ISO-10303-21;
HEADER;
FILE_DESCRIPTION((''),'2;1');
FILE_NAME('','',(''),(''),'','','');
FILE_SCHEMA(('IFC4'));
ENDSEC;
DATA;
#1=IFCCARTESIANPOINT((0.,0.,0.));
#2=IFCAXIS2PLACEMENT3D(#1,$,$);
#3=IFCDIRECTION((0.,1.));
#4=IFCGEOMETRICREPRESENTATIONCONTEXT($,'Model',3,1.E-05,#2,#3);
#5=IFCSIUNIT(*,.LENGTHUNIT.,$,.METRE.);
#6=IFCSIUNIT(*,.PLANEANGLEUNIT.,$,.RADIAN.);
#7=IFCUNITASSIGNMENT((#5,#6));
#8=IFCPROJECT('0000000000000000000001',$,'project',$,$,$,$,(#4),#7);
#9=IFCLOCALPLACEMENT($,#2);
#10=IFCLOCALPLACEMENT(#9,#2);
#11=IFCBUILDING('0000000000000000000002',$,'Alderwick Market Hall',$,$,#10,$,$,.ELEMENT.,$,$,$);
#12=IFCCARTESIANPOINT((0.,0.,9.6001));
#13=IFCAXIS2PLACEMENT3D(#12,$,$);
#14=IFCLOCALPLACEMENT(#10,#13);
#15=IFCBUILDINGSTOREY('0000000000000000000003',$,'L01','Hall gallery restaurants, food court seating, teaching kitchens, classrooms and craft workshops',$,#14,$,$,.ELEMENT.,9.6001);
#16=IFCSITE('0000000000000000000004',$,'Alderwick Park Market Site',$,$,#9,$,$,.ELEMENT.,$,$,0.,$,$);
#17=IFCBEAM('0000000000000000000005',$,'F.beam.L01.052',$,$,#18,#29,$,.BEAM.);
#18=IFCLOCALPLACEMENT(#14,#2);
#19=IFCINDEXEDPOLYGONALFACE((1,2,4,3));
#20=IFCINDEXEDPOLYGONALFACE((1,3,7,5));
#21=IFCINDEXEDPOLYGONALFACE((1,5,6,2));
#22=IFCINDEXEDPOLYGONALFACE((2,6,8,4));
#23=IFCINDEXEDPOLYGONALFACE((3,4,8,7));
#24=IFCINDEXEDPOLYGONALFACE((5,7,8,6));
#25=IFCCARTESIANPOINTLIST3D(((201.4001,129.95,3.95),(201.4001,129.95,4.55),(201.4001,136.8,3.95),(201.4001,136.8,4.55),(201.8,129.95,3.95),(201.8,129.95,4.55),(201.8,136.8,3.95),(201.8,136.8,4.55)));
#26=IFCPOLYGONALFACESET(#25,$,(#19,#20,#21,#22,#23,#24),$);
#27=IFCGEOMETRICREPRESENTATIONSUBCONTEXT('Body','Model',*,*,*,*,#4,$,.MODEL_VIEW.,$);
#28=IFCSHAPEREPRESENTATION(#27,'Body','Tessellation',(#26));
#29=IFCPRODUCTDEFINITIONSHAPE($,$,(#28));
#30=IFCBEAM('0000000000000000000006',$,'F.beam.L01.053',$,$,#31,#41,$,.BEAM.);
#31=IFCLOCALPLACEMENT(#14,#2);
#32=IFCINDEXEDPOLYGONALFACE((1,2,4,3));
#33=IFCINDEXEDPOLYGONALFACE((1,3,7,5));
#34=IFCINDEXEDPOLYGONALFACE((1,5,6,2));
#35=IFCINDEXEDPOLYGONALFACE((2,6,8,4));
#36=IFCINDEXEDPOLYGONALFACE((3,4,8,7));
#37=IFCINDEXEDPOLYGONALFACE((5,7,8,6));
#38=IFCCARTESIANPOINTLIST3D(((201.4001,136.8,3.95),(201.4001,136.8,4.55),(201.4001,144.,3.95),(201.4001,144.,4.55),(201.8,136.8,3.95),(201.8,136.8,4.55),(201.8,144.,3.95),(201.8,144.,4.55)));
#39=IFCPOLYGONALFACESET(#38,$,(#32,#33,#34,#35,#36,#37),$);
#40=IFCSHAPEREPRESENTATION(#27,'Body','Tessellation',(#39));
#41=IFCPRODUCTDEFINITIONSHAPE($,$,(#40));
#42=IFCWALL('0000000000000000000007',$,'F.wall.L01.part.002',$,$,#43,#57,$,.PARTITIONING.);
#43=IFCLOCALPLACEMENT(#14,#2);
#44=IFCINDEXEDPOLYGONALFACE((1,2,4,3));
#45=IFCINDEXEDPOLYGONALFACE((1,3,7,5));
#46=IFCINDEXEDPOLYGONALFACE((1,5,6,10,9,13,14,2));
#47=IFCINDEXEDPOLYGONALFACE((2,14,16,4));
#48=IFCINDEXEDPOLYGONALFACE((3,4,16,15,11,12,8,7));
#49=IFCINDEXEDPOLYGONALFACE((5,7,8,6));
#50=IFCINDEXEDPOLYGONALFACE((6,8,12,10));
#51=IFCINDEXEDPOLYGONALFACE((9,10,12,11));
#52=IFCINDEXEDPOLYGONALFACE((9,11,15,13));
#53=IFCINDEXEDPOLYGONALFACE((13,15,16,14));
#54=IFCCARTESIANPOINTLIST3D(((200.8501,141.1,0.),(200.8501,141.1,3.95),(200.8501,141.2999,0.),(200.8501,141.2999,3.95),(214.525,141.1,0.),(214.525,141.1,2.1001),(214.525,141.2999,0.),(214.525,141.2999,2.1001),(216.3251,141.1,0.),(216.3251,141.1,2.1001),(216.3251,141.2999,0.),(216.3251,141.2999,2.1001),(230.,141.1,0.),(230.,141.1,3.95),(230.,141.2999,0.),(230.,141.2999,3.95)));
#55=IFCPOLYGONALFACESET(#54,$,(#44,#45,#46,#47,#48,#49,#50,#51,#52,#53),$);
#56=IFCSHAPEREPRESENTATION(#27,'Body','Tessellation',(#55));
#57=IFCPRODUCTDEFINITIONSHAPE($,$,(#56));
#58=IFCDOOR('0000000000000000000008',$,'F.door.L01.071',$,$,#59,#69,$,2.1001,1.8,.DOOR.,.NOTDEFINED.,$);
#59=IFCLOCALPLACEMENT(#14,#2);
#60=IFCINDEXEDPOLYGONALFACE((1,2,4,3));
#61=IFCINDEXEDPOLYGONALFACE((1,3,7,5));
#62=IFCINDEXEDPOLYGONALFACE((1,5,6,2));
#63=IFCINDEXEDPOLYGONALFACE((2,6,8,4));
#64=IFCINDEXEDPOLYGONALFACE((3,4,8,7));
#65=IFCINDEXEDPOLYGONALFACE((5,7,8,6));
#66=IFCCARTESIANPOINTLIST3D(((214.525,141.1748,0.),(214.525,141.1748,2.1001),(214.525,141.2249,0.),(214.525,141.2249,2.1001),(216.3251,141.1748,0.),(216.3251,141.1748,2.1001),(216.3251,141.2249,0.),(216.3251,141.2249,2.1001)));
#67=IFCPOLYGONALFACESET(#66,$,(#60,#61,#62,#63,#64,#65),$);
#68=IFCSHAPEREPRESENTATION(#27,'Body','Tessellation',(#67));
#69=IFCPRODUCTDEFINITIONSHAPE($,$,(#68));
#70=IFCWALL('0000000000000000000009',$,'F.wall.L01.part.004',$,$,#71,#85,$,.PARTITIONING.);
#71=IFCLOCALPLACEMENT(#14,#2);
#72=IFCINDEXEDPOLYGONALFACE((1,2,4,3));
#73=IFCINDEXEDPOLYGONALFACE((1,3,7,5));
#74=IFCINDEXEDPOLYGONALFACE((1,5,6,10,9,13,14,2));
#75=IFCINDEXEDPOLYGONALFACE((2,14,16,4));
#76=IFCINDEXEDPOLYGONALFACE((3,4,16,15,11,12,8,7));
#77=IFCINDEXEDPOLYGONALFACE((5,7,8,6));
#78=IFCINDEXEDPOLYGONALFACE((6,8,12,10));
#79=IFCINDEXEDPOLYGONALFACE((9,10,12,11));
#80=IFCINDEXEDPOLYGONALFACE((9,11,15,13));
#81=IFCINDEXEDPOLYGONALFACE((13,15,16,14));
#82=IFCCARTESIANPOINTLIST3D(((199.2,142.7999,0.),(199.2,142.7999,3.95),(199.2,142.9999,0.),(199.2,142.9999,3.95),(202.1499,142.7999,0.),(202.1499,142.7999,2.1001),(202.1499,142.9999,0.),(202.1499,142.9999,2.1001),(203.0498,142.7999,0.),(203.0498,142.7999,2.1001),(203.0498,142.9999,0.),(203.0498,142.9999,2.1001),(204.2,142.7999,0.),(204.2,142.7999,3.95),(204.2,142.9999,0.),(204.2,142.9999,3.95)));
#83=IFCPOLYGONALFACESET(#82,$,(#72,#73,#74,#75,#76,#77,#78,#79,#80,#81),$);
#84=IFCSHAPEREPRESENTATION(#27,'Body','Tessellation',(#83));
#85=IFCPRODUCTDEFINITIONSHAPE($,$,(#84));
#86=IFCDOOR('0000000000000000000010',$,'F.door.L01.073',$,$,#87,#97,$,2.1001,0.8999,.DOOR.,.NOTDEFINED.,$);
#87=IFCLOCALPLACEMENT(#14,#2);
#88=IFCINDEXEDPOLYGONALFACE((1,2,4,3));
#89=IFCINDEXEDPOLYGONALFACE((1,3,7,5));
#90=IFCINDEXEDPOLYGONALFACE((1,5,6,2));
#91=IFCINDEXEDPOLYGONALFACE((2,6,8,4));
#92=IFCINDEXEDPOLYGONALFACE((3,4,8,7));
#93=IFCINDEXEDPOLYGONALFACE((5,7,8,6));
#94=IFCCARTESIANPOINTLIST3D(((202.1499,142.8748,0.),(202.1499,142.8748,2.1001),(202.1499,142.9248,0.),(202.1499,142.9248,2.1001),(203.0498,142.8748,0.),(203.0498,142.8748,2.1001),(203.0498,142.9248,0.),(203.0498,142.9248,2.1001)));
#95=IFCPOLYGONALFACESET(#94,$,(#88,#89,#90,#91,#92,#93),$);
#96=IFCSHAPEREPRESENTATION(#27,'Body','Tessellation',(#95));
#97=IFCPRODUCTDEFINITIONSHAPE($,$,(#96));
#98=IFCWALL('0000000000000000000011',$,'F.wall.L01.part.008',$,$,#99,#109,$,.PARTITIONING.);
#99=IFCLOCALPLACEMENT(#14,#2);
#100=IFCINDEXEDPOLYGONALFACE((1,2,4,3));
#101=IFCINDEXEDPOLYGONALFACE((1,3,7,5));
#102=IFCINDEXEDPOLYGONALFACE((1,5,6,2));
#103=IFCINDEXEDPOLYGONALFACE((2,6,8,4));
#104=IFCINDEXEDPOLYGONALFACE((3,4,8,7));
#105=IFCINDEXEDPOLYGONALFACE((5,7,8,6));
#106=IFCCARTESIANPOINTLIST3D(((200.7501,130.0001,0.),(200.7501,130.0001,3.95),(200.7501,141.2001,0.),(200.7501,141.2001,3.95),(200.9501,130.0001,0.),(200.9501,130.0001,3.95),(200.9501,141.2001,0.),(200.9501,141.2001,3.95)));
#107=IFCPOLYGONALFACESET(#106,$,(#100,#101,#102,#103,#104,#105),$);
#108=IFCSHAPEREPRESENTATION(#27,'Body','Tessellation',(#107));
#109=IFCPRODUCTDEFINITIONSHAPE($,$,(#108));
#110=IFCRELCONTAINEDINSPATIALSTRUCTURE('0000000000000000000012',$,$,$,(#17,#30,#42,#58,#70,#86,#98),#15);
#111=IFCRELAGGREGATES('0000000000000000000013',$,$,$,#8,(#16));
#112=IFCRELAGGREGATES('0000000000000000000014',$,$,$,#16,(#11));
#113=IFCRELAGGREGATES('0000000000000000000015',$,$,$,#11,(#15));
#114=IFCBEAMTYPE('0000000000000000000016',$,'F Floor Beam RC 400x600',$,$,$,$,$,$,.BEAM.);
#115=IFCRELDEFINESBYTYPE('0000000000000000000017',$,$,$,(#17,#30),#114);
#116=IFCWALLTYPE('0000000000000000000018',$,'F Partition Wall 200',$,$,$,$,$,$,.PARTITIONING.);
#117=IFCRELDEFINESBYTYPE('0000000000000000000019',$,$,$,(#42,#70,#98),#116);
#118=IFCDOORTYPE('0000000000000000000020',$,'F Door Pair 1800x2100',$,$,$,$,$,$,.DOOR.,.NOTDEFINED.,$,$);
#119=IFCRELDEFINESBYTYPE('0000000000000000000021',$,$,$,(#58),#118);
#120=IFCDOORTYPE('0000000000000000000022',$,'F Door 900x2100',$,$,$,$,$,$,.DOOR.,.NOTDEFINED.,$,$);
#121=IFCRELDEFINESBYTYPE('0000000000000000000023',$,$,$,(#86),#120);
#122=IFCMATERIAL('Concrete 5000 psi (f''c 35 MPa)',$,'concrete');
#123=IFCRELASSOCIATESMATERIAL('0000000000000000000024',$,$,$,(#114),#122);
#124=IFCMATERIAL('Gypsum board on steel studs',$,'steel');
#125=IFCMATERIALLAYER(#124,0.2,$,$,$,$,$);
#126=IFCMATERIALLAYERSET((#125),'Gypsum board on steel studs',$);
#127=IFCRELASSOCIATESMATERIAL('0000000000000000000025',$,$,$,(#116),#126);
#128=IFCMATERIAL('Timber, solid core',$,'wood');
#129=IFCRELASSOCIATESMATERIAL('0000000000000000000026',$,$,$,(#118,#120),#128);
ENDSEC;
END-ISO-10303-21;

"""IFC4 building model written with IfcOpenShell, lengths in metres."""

from ifc_helpers import new_model, si_unit, direction, frame, frame_2d, origin, origin_2d, place, context, subcontext, project, spatial, rectangle, extrude, material, layer, layer_set, material_profile, profile_set, type_object, element, fill, save


model = new_model("IFC4")

# Units and contexts
model_context = context("Model", 3, precision=1e-05, world=origin(), true_north=direction((0.0, 1.0)))
body_context = subcontext(model_context, "Body", "Model", "MODEL_VIEW")
ifc_project = project(units=[si_unit("LENGTHUNIT", "METRE"), si_unit("PLANEANGLEUNIT", "RADIAN")], contexts=[model_context])

# Site, building, storey
site_placement = place(None, origin())
site = spatial("IfcSite", under=ifc_project, at=site_placement, Name="Alderwick Park Market Site", CompositionType="ELEMENT", RefElevation=0.0)
building_placement = place(site_placement, origin())
building = spatial("IfcBuilding", under=site, at=building_placement, Name="Alderwick Market Hall", CompositionType="ELEMENT")
storey_placement = place(building_placement, frame((0.0, 0.0, 9.6001)))
storey = spatial("IfcBuildingStorey", under=building, at=storey_placement, Name="L01", Description="Hall gallery restaurants, food court seating, teaching kitchens, classrooms and craft workshops", CompositionType="ELEMENT", Elevation=9.6001)

# Shared definitions
ifc_material_1 = material(Name="Concrete 5000 psi (f'c 35 MPa)", Category="concrete")

# Beams
ifc_material_profile_1 = material_profile(ifc_material_1, rectangle(XDim=0.3999, YDim=0.6001, at=origin_2d()), Name="RC 400x600")
ifc_profile_set_1 = profile_set([ifc_material_profile_1], Name="Concrete 5000 psi (f'c 35 MPa)")
beam_type = type_object("IfcBeamType", Name="F Floor Beam RC 400x600", PredefinedType="BEAM", material=ifc_profile_set_1)
beam_1_placement = place(storey_placement, frame((201.6001, 129.95, 4.25), z_axis=(0.0, 1.0, 0.0), x_axis=(-1.0, 0.0, 0.0)))
element("IfcBeam", 1, at=beam_1_placement, inside=storey, type_object=beam_type, Name="F.beam.L01.052", PredefinedType="BEAM", context=body_context, shape_type="SweptSolid", body=[
    extrude(rectangle(XDim=0.3999, YDim=0.6001, at=origin_2d()), origin(), (0.0, 0.0, 1.0), 6.8501),
])
beam_2_placement = place(storey_placement, frame((201.6001, 136.8, 4.25), z_axis=(0.0, 1.0, 0.0), x_axis=(-1.0, 0.0, 0.0)))
element("IfcBeam", 2, at=beam_2_placement, inside=storey, type_object=beam_type, Name="F.beam.L01.053", PredefinedType="BEAM", context=body_context, shape_type="SweptSolid", body=[
    extrude(rectangle(XDim=0.3999, YDim=0.6001, at=origin_2d()), origin(), (0.0, 0.0, 1.0), 7.2),
])

# Walls, openings, doors
ifc_material_2 = material(Name="Gypsum board on steel studs", Category="steel")
ifc_layer = layer(ifc_material_2, 0.2)
ifc_layer_set = layer_set([ifc_layer], Name="Gypsum board on steel studs")
wall_type = type_object("IfcWallType", Name="F Partition Wall 200", PredefinedType="PARTITIONING", material=ifc_layer_set)
wall_1_placement = place(storey_placement, frame((200.8501, 141.2, 0.0), z_axis=(0.0, 0.0, 1.0), x_axis=(1.0, 0.0, 0.0)))
wall_1 = element("IfcWall", 3, at=wall_1_placement, inside=storey, type_object=wall_type, Name="F.wall.L01.part.002", PredefinedType="PARTITIONING", context=body_context, shape_type="SweptSolid", body=[
    extrude(rectangle(XDim=29.1499, YDim=0.2, at=frame_2d((14.575, 0.0))), origin(), (0.0, 0.0, 1.0), 3.95),
])
opening_1_placement = place(wall_1_placement, frame((13.675, 0.0, 0.0)))
opening_1 = element("IfcOpeningElement", 4, at=opening_1_placement, cuts=wall_1, PredefinedType="OPENING", context=body_context, shape_type="SweptSolid", body=[
    extrude(rectangle(XDim=1.8, YDim=2.1001, at=frame_2d((0.8999, 1.05))), frame((0.0, 0.1099, 0.0), z_axis=(0.0, -1.0, 0.0), x_axis=(1.0, 0.0, 0.0)), (0.0, 0.0, 1.0), 0.22),
])
ifc_material_3 = material(Name="Timber, solid core", Category="wood")
door_type_1 = type_object("IfcDoorType", Name="F Door Pair 1800x2100", OperationType="NOTDEFINED", PredefinedType="DOOR", material=ifc_material_3)
door_1_placement = place(opening_1_placement, origin())
door_1 = element("IfcDoor", 5, at=door_1_placement, inside=storey, type_object=door_type_1, Name="F.door.L01.071", OperationType="NOTDEFINED", OverallHeight=2.1001, OverallWidth=1.8, PredefinedType="DOOR", context=body_context, shape_type="SweptSolid", body=[
    extrude(rectangle(XDim=1.8, YDim=2.1001, at=frame_2d((0.8999, 1.05))), frame((0.0, 0.0249, 0.0), z_axis=(0.0, -1.0, 0.0), x_axis=(1.0, 0.0, 0.0)), (0.0, 0.0, 1.0), 0.05),
])
fill(opening_1, door_1)
wall_2_placement = place(storey_placement, frame((199.2, 142.8999, 0.0), z_axis=(0.0, 0.0, 1.0), x_axis=(1.0, 0.0, 0.0)))
wall_2 = element("IfcWall", 6, at=wall_2_placement, inside=storey, type_object=wall_type, Name="F.wall.L01.part.004", PredefinedType="PARTITIONING", context=body_context, shape_type="SweptSolid", body=[
    extrude(rectangle(XDim=5.0, YDim=0.2, at=frame_2d((2.5, 0.0))), origin(), (0.0, 0.0, 1.0), 3.95),
])
opening_2_placement = place(wall_2_placement, frame((2.95, 0.0, 0.0)))
opening_2 = element("IfcOpeningElement", 7, at=opening_2_placement, cuts=wall_2, PredefinedType="OPENING", context=body_context, shape_type="SweptSolid", body=[
    extrude(rectangle(XDim=0.8999, YDim=2.1001, at=frame_2d((0.45, 1.05))), frame((0.0, 0.1099, 0.0), z_axis=(0.0, -1.0, 0.0), x_axis=(1.0, 0.0, 0.0)), (0.0, 0.0, 1.0), 0.22),
])
door_type_2 = type_object("IfcDoorType", Name="F Door 900x2100", OperationType="NOTDEFINED", PredefinedType="DOOR", material=ifc_material_3)
door_2_placement = place(opening_2_placement, origin())
door_2 = element("IfcDoor", 8, at=door_2_placement, inside=storey, type_object=door_type_2, Name="F.door.L01.073", OperationType="NOTDEFINED", OverallHeight=2.1001, OverallWidth=0.8999, PredefinedType="DOOR", context=body_context, shape_type="SweptSolid", body=[
    extrude(rectangle(XDim=0.8999, YDim=2.1001, at=frame_2d((0.45, 1.05))), frame((0.0, 0.0249, 0.0), z_axis=(0.0, -1.0, 0.0), x_axis=(1.0, 0.0, 0.0)), (0.0, 0.0, 1.0), 0.05),
])
fill(opening_2, door_2)

# Wall
wall_3_placement = place(storey_placement, frame((200.8501, 130.0, 0.0), z_axis=(0.0, 0.0, 1.0), x_axis=(0.0, 1.0, 0.0)))
element("IfcWall", 9, at=wall_3_placement, inside=storey, type_object=wall_type, Name="F.wall.L01.part.008", PredefinedType="PARTITIONING", context=body_context, shape_type="SweptSolid", body=[
    extrude(rectangle(XDim=11.2, YDim=0.2, at=frame_2d((5.6001, 0.0))), origin(), (0.0, 0.0, 1.0), 3.95),
])

save(model, "model.ifc")
